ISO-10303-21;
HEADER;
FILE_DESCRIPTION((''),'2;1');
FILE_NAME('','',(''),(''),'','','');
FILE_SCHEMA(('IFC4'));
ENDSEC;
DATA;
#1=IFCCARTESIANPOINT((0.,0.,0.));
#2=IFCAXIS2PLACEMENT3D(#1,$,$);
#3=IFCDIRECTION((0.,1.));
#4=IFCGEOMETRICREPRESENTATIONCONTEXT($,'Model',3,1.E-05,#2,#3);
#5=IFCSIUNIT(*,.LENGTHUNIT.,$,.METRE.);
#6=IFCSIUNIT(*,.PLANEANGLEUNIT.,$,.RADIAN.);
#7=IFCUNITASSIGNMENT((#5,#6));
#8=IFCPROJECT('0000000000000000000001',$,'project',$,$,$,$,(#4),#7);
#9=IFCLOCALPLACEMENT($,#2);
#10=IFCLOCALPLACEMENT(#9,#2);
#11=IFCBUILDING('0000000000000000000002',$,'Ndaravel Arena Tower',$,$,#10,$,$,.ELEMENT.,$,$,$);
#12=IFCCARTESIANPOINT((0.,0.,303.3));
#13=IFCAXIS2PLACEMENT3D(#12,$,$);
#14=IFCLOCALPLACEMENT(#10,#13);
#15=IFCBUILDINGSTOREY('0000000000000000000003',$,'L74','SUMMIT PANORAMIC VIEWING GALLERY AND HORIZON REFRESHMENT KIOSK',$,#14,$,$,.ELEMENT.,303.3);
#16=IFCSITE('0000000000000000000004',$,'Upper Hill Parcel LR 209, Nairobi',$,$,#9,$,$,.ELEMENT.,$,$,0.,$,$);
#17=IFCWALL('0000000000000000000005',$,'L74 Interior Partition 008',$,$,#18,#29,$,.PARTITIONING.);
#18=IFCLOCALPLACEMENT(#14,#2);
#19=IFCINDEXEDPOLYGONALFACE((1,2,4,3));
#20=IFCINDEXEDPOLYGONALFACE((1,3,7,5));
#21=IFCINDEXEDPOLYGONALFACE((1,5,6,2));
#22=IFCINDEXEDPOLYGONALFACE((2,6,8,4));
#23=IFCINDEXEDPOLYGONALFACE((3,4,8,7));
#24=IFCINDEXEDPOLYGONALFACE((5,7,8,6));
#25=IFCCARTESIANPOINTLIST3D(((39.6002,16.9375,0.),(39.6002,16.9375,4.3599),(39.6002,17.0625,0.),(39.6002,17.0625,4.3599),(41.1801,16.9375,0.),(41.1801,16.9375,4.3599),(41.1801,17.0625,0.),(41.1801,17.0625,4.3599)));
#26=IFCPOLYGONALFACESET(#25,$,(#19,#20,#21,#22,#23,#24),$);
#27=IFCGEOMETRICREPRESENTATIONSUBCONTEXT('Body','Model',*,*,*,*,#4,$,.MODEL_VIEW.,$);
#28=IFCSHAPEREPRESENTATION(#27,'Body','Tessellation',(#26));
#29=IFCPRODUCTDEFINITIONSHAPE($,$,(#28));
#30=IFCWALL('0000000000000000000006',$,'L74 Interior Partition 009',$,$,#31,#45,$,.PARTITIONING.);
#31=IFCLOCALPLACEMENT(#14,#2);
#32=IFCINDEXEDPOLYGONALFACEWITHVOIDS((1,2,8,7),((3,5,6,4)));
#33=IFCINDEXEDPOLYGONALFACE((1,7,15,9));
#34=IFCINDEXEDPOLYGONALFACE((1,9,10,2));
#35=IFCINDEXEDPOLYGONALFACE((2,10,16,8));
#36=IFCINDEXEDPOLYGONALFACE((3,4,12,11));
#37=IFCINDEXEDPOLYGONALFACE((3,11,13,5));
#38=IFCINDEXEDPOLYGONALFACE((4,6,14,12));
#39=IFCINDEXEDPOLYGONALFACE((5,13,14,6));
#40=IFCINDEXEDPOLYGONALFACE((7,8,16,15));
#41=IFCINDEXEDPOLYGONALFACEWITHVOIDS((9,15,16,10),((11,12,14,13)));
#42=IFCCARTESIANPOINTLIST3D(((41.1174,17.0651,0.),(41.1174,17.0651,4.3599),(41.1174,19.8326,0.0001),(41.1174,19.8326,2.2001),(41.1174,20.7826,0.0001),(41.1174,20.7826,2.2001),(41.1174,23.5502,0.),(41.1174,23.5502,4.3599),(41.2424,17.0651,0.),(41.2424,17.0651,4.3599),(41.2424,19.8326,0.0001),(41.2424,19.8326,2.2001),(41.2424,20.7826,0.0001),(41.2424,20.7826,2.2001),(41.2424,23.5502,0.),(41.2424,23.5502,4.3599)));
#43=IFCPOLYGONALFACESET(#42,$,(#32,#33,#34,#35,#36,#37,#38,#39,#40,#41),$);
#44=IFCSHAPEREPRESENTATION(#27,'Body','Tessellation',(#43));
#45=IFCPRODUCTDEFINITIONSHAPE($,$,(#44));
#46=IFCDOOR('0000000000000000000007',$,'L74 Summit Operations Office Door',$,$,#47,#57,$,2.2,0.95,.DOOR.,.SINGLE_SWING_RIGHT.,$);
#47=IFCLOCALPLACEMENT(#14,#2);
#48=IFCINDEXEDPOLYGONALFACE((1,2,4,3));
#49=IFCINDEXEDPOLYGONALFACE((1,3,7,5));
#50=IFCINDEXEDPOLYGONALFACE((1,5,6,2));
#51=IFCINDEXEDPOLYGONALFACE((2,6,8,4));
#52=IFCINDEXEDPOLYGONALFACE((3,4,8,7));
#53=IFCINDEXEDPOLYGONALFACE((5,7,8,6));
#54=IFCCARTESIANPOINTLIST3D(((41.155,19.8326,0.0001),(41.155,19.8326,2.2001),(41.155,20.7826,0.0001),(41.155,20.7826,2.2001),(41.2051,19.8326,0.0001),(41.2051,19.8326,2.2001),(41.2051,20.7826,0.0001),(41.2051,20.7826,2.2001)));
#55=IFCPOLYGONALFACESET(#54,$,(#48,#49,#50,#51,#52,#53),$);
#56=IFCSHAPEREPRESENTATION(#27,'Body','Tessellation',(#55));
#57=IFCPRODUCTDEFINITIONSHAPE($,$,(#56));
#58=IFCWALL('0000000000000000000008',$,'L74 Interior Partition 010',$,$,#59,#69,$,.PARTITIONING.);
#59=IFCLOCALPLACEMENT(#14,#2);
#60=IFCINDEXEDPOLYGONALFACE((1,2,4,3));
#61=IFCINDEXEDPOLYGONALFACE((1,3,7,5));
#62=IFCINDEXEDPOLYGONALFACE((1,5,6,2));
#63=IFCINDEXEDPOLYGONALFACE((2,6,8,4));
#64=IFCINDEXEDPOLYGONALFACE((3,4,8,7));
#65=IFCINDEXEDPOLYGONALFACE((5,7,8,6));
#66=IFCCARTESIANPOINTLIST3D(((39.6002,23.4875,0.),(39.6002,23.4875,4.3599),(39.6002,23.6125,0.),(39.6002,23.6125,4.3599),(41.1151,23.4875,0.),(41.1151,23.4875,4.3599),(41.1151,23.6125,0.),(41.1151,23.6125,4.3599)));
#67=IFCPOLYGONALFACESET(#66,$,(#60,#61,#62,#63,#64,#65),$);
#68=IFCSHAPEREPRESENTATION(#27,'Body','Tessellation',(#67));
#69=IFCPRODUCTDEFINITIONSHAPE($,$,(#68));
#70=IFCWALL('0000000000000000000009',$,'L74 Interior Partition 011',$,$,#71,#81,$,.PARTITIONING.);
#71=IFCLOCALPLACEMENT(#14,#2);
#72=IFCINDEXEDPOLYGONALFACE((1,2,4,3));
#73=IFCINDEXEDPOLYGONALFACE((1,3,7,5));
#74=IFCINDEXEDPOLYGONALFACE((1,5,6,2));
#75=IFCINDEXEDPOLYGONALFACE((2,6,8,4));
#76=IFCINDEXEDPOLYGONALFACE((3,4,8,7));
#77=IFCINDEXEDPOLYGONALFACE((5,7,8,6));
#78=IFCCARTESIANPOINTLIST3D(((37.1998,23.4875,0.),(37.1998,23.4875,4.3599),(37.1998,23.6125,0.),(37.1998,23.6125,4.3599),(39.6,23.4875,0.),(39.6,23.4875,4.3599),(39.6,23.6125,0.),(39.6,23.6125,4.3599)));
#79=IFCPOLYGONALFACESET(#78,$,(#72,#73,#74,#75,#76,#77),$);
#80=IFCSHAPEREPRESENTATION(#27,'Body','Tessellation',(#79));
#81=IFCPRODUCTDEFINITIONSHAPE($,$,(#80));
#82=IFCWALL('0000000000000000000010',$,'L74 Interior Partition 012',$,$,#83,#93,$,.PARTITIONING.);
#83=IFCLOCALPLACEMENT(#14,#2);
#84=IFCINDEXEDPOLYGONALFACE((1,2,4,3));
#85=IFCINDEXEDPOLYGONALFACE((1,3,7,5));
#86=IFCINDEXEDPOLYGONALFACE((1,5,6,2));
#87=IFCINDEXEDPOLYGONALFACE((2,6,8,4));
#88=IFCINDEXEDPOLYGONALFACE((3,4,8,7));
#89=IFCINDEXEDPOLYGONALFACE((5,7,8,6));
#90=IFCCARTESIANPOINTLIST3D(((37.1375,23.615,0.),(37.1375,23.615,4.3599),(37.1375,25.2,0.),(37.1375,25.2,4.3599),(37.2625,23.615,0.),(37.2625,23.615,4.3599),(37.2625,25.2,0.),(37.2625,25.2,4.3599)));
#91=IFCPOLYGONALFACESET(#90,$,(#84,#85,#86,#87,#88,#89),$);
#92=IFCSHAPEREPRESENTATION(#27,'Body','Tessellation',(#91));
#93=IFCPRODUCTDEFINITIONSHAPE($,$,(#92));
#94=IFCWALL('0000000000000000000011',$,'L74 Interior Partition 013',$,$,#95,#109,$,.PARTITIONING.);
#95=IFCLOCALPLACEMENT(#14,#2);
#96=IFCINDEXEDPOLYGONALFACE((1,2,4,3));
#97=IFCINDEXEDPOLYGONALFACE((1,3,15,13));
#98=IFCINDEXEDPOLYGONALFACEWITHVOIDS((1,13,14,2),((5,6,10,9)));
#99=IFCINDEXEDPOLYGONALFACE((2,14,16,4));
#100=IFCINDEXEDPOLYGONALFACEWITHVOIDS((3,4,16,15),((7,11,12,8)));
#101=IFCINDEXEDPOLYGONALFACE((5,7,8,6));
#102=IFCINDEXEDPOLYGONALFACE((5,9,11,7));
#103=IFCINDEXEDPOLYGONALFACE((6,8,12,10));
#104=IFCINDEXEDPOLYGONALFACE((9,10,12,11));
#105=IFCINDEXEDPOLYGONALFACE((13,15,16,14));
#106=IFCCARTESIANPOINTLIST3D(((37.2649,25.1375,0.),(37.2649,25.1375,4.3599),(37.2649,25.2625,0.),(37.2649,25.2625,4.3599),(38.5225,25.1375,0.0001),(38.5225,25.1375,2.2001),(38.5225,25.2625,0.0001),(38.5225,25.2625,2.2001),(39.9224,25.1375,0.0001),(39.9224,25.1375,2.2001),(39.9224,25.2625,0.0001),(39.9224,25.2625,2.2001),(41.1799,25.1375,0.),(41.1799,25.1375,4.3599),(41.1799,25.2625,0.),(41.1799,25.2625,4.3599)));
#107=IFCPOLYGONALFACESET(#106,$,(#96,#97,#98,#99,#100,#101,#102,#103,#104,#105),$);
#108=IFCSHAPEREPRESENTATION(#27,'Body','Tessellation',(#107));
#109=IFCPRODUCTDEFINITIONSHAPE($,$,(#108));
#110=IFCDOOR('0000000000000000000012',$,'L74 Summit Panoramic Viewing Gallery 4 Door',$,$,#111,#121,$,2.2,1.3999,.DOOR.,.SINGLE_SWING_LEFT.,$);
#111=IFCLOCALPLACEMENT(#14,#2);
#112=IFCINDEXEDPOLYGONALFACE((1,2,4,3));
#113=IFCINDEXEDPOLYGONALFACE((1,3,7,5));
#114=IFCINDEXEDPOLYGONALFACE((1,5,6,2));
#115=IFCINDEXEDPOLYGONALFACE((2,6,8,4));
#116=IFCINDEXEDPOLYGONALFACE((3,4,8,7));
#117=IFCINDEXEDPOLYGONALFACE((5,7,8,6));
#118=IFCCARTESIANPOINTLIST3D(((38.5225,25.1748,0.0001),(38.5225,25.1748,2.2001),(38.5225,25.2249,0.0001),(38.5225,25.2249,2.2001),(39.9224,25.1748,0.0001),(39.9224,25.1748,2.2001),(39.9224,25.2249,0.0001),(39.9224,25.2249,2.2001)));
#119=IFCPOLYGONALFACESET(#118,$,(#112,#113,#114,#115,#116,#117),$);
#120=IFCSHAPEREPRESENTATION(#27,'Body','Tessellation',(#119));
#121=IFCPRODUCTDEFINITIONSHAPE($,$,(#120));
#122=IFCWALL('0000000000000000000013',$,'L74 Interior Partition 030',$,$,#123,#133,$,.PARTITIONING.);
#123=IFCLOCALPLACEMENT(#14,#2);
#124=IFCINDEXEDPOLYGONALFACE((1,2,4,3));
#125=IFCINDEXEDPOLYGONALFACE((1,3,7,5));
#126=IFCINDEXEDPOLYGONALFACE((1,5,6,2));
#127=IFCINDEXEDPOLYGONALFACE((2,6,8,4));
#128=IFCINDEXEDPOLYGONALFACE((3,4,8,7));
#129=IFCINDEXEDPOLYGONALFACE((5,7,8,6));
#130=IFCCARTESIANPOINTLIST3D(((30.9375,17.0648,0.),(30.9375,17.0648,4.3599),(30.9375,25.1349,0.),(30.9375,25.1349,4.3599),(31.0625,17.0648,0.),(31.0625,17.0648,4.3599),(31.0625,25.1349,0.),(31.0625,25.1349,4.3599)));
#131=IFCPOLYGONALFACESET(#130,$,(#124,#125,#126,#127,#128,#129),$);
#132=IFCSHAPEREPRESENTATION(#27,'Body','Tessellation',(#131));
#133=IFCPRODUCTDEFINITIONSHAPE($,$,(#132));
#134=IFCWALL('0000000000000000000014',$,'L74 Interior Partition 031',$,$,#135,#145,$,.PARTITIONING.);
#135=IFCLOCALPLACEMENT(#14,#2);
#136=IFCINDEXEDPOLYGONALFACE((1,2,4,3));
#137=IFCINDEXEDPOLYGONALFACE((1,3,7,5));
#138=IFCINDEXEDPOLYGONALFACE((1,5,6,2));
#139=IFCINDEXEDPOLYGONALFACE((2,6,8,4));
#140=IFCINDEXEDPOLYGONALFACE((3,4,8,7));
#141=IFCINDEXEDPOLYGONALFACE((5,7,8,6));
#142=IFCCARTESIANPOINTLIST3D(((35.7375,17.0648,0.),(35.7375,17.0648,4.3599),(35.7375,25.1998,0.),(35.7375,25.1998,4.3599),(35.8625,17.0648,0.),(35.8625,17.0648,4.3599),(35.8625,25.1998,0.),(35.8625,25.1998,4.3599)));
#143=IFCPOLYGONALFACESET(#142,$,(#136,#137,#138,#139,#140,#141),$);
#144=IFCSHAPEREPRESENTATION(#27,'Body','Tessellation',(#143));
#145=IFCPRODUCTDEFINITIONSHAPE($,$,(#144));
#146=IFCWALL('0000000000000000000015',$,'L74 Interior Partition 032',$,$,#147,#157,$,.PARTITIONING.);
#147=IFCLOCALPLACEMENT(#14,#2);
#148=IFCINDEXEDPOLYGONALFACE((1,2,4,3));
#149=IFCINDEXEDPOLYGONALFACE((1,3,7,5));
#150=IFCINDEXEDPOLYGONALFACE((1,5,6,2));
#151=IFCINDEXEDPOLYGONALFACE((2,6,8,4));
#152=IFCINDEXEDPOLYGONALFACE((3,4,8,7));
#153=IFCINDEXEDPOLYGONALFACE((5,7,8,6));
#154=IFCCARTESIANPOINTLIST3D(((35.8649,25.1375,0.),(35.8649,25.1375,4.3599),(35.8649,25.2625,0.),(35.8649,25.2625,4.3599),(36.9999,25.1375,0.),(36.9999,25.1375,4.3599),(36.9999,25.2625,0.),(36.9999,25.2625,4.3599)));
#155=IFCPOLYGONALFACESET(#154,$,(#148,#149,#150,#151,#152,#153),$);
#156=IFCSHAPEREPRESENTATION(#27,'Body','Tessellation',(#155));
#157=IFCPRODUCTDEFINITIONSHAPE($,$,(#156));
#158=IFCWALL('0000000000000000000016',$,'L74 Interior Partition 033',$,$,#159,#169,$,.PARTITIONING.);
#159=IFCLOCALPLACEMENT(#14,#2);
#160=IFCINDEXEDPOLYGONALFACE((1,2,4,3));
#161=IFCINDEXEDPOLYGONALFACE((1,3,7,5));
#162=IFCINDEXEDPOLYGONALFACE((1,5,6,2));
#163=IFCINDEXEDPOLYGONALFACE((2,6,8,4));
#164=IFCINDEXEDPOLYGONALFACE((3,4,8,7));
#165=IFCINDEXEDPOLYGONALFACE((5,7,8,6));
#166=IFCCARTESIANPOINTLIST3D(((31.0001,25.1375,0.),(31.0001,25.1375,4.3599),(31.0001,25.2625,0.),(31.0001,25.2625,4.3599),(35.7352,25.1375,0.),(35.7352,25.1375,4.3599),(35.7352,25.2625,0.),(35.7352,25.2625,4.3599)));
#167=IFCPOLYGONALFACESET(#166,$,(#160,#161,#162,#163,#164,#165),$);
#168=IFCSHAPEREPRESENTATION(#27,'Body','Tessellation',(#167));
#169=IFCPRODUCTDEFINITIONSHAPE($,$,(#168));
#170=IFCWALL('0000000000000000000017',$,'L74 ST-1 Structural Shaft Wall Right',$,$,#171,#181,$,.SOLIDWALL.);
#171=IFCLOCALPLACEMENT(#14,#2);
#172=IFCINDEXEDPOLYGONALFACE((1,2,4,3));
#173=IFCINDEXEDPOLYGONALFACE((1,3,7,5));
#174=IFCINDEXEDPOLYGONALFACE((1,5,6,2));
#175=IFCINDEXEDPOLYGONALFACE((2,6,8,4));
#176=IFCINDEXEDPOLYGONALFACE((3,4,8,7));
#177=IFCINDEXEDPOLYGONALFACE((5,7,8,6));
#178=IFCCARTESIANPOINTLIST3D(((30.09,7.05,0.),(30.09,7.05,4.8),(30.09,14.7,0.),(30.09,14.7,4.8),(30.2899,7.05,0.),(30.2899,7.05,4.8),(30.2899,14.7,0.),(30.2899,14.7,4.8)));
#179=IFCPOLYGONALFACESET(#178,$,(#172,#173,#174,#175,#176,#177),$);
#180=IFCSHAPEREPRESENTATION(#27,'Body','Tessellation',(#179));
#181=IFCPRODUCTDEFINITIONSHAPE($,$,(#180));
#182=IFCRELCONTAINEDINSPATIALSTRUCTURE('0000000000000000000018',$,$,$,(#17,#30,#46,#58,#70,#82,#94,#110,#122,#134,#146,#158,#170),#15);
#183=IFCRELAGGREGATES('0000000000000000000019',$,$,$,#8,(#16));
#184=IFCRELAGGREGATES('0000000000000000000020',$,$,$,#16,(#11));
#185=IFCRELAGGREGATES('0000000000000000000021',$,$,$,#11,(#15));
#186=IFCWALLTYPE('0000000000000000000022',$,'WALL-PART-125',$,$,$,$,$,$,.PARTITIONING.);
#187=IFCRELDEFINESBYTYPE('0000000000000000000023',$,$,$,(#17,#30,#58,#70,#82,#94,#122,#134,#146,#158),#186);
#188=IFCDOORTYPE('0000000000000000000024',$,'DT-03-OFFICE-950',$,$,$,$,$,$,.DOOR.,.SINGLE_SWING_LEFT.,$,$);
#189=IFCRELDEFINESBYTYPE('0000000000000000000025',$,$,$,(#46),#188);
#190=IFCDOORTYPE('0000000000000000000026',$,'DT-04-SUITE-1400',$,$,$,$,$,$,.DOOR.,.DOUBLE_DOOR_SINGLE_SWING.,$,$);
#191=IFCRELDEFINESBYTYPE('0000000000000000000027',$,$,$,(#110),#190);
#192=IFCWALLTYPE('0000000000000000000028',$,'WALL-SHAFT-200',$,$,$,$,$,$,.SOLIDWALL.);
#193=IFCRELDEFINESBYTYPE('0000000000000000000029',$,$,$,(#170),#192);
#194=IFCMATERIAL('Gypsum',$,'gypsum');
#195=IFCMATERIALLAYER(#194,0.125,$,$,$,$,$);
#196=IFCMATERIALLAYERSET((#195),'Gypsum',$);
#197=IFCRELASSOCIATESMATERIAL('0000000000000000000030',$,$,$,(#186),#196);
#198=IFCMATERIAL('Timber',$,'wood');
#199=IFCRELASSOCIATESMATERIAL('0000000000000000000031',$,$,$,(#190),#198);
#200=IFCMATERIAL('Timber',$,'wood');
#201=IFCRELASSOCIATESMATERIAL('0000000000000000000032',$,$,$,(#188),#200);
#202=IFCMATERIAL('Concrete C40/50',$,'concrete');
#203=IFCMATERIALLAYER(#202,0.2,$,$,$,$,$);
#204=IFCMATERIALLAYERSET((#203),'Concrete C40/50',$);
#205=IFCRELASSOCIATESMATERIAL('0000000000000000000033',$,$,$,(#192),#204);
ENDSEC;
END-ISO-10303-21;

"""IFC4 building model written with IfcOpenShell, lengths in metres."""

from ifc_helpers import new_model, si_unit, direction, frame, frame_2d, origin, place, context, subcontext, project, spatial, rectangle, extrude, material, layer, layer_set, type_object, element, fill, save


model = new_model("IFC4")

# Units and contexts
model_context = context("Model", 3, precision=1e-05, world=origin(), true_north=direction((0.0, 1.0)))
body_context = subcontext(model_context, "Body", "Model", "MODEL_VIEW")
ifc_project = project(units=[si_unit("LENGTHUNIT", "METRE"), si_unit("PLANEANGLEUNIT", "RADIAN")], contexts=[model_context])

# Site, building, storey
site_placement = place(None, origin())
site = spatial("IfcSite", under=ifc_project, at=site_placement, Name="Upper Hill Parcel LR 209, Nairobi", CompositionType="ELEMENT", RefElevation=0.0)
building_placement = place(site_placement, origin())
building = spatial("IfcBuilding", under=site, at=building_placement, Name="Ndaravel Arena Tower", CompositionType="ELEMENT")
storey_placement = place(building_placement, frame((0.0, 0.0, 303.3)))
storey = spatial("IfcBuildingStorey", under=building, at=storey_placement, Name="L74", Description="SUMMIT PANORAMIC VIEWING GALLERY AND HORIZON REFRESHMENT KIOSK", CompositionType="ELEMENT", Elevation=303.3)

# Shared definitions
ifc_material_1 = material(Name="Gypsum", Category="gypsum")
ifc_layer_1 = layer(ifc_material_1, 0.125)
ifc_layer_set_1 = layer_set([ifc_layer_1], Name="Gypsum")
wall_type_1 = type_object("IfcWallType", Name="WALL-PART-125", PredefinedType="PARTITIONING", material=ifc_layer_set_1)
ifc_material_2 = material(Name="Timber", Category="wood")
door_type_1 = type_object("IfcDoorType", Name="DT-04-SUITE-1400", OperationType="DOUBLE_DOOR_SINGLE_SWING", PredefinedType="DOOR", material=ifc_material_2)

# Wall
wall_1_placement = place(storey_placement, frame((39.6001, 17.0, 0.0), z_axis=(0.0, 0.0, 1.0), x_axis=(1.0, 0.0, 0.0)))
element("IfcWall", 1, at=wall_1_placement, inside=storey, type_object=wall_type_1, Name="L74 Interior Partition 008", PredefinedType="PARTITIONING", context=body_context, shape_type="SweptSolid", body=[
    extrude(rectangle(XDim=1.5798, YDim=0.125, at=frame_2d((0.79, 0.0))), origin(), (0.0, 0.0, 1.0), 4.3599),
])

# Wall, opening, door
wall_2_placement = place(storey_placement, frame((41.1799, 17.0649, 0.0), z_axis=(0.0, 0.0, 1.0), x_axis=(0.0, 1.0, 0.0)))
wall_2 = element("IfcWall", 2, at=wall_2_placement, inside=storey, type_object=wall_type_1, Name="L74 Interior Partition 009", PredefinedType="PARTITIONING", context=body_context, shape_type="SweptSolid", body=[
    extrude(rectangle(XDim=6.4851, YDim=0.125, at=frame_2d((3.2427, 0.0))), origin(), (0.0, 0.0, 1.0), 4.3599),
])
opening_1_placement = place(wall_2_placement, frame((2.7676, 0.0, 0.0)))
opening_1 = element("IfcOpeningElement", 3, at=opening_1_placement, cuts=wall_2, PredefinedType="OPENING", context=body_context, shape_type="SweptSolid", body=[
    extrude(rectangle(XDim=0.95, YDim=2.2, at=frame_2d((0.4751, 1.1001))), frame((0.0, 0.0625, 0.0), z_axis=(0.0, -1.0, 0.0), x_axis=(1.0, 0.0, 0.0)), (0.0, 0.0, 1.0), 0.125),
])
ifc_material_3 = material(Name="Timber", Category="wood")
door_type_2 = type_object("IfcDoorType", Name="DT-03-OFFICE-950", OperationType="SINGLE_SWING_LEFT", PredefinedType="DOOR", material=ifc_material_3)
door_1_placement = place(opening_1_placement, origin())
door_1 = element("IfcDoor", 4, at=door_1_placement, inside=storey, type_object=door_type_2, Name="L74 Summit Operations Office Door", OperationType="SINGLE_SWING_RIGHT", OverallHeight=2.2, OverallWidth=0.95, PredefinedType="DOOR", context=body_context, shape_type="SweptSolid", body=[
    extrude(rectangle(XDim=0.95, YDim=2.2, at=frame_2d((0.4751, 1.1001))), frame((0.0, 0.0249, 0.0), z_axis=(0.0, -1.0, 0.0), x_axis=(1.0, 0.0, 0.0)), (0.0, 0.0, 1.0), 0.05),
])
fill(opening_1, door_1)

# Walls
wall_3_placement = place(storey_placement, frame((41.115, 23.55, 0.0), z_axis=(0.0, 0.0, 1.0), x_axis=(-1.0, 0.0, 0.0)))
element("IfcWall", 5, at=wall_3_placement, inside=storey, type_object=wall_type_1, Name="L74 Interior Partition 010", PredefinedType="PARTITIONING", context=body_context, shape_type="SweptSolid", body=[
    extrude(rectangle(XDim=1.5149, YDim=0.125, at=frame_2d((0.7573, 0.0))), origin(), (0.0, 0.0, 1.0), 4.3599),
])
wall_4_placement = place(storey_placement, frame((39.6001, 23.55, 0.0), z_axis=(0.0, 0.0, 1.0), x_axis=(-1.0, 0.0, 0.0)))
element("IfcWall", 6, at=wall_4_placement, inside=storey, type_object=wall_type_1, Name="L74 Interior Partition 011", PredefinedType="PARTITIONING", context=body_context, shape_type="SweptSolid", body=[
    extrude(rectangle(XDim=2.4001, YDim=0.125, at=frame_2d((1.2002, 0.0))), origin(), (0.0, 0.0, 1.0), 4.3599),
])
wall_5_placement = place(storey_placement, frame((37.2, 23.615, 0.0), z_axis=(0.0, 0.0, 1.0), x_axis=(0.0, 1.0, 0.0)))
element("IfcWall", 7, at=wall_5_placement, inside=storey, type_object=wall_type_1, Name="L74 Interior Partition 012", PredefinedType="PARTITIONING", context=body_context, shape_type="SweptSolid", body=[
    extrude(rectangle(XDim=1.585, YDim=0.125, at=frame_2d((0.7925, 0.0))), origin(), (0.0, 0.0, 1.0), 4.3599),
])

# Wall, opening, door
wall_6_placement = place(storey_placement, frame((37.2649, 25.2, 0.0), z_axis=(0.0, 0.0, 1.0), x_axis=(1.0, 0.0, 0.0)))
wall_6 = element("IfcWall", 8, at=wall_6_placement, inside=storey, type_object=wall_type_1, Name="L74 Interior Partition 013", PredefinedType="PARTITIONING", context=body_context, shape_type="SweptSolid", body=[
    extrude(rectangle(XDim=3.915, YDim=0.125, at=frame_2d((1.9575, 0.0))), origin(), (0.0, 0.0, 1.0), 4.3599),
])
opening_2_placement = place(wall_6_placement, frame((1.2576, 0.0, 0.0)))
opening_2 = element("IfcOpeningElement", 9, at=opening_2_placement, cuts=wall_6, PredefinedType="OPENING", context=body_context, shape_type="SweptSolid", body=[
    extrude(rectangle(XDim=1.3999, YDim=2.2, at=frame_2d((0.7, 1.1001))), frame((0.0, 0.0625, 0.0), z_axis=(0.0, -1.0, 0.0), x_axis=(1.0, 0.0, 0.0)), (0.0, 0.0, 1.0), 0.125),
])
door_2_placement = place(opening_2_placement, origin())
door_2 = element("IfcDoor", 10, at=door_2_placement, inside=storey, type_object=door_type_1, Name="L74 Summit Panoramic Viewing Gallery 4 Door", OperationType="SINGLE_SWING_LEFT", OverallHeight=2.2, OverallWidth=1.3999, PredefinedType="DOOR", context=body_context, shape_type="SweptSolid", body=[
    extrude(rectangle(XDim=1.3999, YDim=2.2, at=frame_2d((0.7, 1.1001))), frame((0.0, 0.0249, 0.0), z_axis=(0.0, -1.0, 0.0), x_axis=(1.0, 0.0, 0.0)), (0.0, 0.0, 1.0), 0.05),
])
fill(opening_2, door_2)

# Walls
wall_7_placement = place(storey_placement, frame((31.0, 25.135, 0.0), z_axis=(0.0, 0.0, 1.0), x_axis=(0.0, -1.0, 0.0)))
element("IfcWall", 11, at=wall_7_placement, inside=storey, type_object=wall_type_1, Name="L74 Interior Partition 030", PredefinedType="PARTITIONING", context=body_context, shape_type="SweptSolid", body=[
    extrude(rectangle(XDim=8.0701, YDim=0.125, at=frame_2d((4.0352, 0.0))), origin(), (0.0, 0.0, 1.0), 4.3599),
])
wall_8_placement = place(storey_placement, frame((35.8, 17.0649, 0.0), z_axis=(0.0, 0.0, 1.0), x_axis=(0.0, 1.0, 0.0)))
element("IfcWall", 12, at=wall_8_placement, inside=storey, type_object=wall_type_1, Name="L74 Interior Partition 031", PredefinedType="PARTITIONING", context=body_context, shape_type="SweptSolid", body=[
    extrude(rectangle(XDim=8.135, YDim=0.125, at=frame_2d((4.0674, 0.0))), origin(), (0.0, 0.0, 1.0), 4.3599),
])
wall_9_placement = place(storey_placement, frame((35.865, 25.2, 0.0), z_axis=(0.0, 0.0, 1.0), x_axis=(1.0, 0.0, 0.0)))
element("IfcWall", 13, at=wall_9_placement, inside=storey, type_object=wall_type_1, Name="L74 Interior Partition 032", PredefinedType="PARTITIONING", context=body_context, shape_type="SweptSolid", body=[
    extrude(rectangle(XDim=1.135, YDim=0.125, at=frame_2d((0.5674, 0.0))), origin(), (0.0, 0.0, 1.0), 4.3599),
])
wall_10_placement = place(storey_placement, frame((31.0, 25.2, 0.0), z_axis=(0.0, 0.0, 1.0), x_axis=(1.0, 0.0, 0.0)))
element("IfcWall", 14, at=wall_10_placement, inside=storey, type_object=wall_type_1, Name="L74 Interior Partition 033", PredefinedType="PARTITIONING", context=body_context, shape_type="SweptSolid", body=[
    extrude(rectangle(XDim=4.7351, YDim=0.125, at=frame_2d((2.3677, 0.0))), origin(), (0.0, 0.0, 1.0), 4.3599),
])
ifc_material_4 = material(Name="Concrete C40/50", Category="concrete")
ifc_layer_2 = layer(ifc_material_4, 0.2)
ifc_layer_set_2 = layer_set([ifc_layer_2], Name="Concrete C40/50")
wall_type_2 = type_object("IfcWallType", Name="WALL-SHAFT-200", PredefinedType="SOLIDWALL", material=ifc_layer_set_2)
wall_11_placement = place(storey_placement, frame((30.1899, 14.7, 0.0), z_axis=(0.0, 0.0, 1.0), x_axis=(0.0, -1.0, 0.0)))
element("IfcWall", 15, at=wall_11_placement, inside=storey, type_object=wall_type_2, Name="L74 ST-1 Structural Shaft Wall Right", PredefinedType="SOLIDWALL", context=body_context, shape_type="SweptSolid", body=[
    extrude(rectangle(XDim=7.6499, YDim=0.2, at=frame_2d((3.825, 0.0))), origin(), (0.0, 0.0, 1.0), 4.8),
])

save(model, "model.ifc")
